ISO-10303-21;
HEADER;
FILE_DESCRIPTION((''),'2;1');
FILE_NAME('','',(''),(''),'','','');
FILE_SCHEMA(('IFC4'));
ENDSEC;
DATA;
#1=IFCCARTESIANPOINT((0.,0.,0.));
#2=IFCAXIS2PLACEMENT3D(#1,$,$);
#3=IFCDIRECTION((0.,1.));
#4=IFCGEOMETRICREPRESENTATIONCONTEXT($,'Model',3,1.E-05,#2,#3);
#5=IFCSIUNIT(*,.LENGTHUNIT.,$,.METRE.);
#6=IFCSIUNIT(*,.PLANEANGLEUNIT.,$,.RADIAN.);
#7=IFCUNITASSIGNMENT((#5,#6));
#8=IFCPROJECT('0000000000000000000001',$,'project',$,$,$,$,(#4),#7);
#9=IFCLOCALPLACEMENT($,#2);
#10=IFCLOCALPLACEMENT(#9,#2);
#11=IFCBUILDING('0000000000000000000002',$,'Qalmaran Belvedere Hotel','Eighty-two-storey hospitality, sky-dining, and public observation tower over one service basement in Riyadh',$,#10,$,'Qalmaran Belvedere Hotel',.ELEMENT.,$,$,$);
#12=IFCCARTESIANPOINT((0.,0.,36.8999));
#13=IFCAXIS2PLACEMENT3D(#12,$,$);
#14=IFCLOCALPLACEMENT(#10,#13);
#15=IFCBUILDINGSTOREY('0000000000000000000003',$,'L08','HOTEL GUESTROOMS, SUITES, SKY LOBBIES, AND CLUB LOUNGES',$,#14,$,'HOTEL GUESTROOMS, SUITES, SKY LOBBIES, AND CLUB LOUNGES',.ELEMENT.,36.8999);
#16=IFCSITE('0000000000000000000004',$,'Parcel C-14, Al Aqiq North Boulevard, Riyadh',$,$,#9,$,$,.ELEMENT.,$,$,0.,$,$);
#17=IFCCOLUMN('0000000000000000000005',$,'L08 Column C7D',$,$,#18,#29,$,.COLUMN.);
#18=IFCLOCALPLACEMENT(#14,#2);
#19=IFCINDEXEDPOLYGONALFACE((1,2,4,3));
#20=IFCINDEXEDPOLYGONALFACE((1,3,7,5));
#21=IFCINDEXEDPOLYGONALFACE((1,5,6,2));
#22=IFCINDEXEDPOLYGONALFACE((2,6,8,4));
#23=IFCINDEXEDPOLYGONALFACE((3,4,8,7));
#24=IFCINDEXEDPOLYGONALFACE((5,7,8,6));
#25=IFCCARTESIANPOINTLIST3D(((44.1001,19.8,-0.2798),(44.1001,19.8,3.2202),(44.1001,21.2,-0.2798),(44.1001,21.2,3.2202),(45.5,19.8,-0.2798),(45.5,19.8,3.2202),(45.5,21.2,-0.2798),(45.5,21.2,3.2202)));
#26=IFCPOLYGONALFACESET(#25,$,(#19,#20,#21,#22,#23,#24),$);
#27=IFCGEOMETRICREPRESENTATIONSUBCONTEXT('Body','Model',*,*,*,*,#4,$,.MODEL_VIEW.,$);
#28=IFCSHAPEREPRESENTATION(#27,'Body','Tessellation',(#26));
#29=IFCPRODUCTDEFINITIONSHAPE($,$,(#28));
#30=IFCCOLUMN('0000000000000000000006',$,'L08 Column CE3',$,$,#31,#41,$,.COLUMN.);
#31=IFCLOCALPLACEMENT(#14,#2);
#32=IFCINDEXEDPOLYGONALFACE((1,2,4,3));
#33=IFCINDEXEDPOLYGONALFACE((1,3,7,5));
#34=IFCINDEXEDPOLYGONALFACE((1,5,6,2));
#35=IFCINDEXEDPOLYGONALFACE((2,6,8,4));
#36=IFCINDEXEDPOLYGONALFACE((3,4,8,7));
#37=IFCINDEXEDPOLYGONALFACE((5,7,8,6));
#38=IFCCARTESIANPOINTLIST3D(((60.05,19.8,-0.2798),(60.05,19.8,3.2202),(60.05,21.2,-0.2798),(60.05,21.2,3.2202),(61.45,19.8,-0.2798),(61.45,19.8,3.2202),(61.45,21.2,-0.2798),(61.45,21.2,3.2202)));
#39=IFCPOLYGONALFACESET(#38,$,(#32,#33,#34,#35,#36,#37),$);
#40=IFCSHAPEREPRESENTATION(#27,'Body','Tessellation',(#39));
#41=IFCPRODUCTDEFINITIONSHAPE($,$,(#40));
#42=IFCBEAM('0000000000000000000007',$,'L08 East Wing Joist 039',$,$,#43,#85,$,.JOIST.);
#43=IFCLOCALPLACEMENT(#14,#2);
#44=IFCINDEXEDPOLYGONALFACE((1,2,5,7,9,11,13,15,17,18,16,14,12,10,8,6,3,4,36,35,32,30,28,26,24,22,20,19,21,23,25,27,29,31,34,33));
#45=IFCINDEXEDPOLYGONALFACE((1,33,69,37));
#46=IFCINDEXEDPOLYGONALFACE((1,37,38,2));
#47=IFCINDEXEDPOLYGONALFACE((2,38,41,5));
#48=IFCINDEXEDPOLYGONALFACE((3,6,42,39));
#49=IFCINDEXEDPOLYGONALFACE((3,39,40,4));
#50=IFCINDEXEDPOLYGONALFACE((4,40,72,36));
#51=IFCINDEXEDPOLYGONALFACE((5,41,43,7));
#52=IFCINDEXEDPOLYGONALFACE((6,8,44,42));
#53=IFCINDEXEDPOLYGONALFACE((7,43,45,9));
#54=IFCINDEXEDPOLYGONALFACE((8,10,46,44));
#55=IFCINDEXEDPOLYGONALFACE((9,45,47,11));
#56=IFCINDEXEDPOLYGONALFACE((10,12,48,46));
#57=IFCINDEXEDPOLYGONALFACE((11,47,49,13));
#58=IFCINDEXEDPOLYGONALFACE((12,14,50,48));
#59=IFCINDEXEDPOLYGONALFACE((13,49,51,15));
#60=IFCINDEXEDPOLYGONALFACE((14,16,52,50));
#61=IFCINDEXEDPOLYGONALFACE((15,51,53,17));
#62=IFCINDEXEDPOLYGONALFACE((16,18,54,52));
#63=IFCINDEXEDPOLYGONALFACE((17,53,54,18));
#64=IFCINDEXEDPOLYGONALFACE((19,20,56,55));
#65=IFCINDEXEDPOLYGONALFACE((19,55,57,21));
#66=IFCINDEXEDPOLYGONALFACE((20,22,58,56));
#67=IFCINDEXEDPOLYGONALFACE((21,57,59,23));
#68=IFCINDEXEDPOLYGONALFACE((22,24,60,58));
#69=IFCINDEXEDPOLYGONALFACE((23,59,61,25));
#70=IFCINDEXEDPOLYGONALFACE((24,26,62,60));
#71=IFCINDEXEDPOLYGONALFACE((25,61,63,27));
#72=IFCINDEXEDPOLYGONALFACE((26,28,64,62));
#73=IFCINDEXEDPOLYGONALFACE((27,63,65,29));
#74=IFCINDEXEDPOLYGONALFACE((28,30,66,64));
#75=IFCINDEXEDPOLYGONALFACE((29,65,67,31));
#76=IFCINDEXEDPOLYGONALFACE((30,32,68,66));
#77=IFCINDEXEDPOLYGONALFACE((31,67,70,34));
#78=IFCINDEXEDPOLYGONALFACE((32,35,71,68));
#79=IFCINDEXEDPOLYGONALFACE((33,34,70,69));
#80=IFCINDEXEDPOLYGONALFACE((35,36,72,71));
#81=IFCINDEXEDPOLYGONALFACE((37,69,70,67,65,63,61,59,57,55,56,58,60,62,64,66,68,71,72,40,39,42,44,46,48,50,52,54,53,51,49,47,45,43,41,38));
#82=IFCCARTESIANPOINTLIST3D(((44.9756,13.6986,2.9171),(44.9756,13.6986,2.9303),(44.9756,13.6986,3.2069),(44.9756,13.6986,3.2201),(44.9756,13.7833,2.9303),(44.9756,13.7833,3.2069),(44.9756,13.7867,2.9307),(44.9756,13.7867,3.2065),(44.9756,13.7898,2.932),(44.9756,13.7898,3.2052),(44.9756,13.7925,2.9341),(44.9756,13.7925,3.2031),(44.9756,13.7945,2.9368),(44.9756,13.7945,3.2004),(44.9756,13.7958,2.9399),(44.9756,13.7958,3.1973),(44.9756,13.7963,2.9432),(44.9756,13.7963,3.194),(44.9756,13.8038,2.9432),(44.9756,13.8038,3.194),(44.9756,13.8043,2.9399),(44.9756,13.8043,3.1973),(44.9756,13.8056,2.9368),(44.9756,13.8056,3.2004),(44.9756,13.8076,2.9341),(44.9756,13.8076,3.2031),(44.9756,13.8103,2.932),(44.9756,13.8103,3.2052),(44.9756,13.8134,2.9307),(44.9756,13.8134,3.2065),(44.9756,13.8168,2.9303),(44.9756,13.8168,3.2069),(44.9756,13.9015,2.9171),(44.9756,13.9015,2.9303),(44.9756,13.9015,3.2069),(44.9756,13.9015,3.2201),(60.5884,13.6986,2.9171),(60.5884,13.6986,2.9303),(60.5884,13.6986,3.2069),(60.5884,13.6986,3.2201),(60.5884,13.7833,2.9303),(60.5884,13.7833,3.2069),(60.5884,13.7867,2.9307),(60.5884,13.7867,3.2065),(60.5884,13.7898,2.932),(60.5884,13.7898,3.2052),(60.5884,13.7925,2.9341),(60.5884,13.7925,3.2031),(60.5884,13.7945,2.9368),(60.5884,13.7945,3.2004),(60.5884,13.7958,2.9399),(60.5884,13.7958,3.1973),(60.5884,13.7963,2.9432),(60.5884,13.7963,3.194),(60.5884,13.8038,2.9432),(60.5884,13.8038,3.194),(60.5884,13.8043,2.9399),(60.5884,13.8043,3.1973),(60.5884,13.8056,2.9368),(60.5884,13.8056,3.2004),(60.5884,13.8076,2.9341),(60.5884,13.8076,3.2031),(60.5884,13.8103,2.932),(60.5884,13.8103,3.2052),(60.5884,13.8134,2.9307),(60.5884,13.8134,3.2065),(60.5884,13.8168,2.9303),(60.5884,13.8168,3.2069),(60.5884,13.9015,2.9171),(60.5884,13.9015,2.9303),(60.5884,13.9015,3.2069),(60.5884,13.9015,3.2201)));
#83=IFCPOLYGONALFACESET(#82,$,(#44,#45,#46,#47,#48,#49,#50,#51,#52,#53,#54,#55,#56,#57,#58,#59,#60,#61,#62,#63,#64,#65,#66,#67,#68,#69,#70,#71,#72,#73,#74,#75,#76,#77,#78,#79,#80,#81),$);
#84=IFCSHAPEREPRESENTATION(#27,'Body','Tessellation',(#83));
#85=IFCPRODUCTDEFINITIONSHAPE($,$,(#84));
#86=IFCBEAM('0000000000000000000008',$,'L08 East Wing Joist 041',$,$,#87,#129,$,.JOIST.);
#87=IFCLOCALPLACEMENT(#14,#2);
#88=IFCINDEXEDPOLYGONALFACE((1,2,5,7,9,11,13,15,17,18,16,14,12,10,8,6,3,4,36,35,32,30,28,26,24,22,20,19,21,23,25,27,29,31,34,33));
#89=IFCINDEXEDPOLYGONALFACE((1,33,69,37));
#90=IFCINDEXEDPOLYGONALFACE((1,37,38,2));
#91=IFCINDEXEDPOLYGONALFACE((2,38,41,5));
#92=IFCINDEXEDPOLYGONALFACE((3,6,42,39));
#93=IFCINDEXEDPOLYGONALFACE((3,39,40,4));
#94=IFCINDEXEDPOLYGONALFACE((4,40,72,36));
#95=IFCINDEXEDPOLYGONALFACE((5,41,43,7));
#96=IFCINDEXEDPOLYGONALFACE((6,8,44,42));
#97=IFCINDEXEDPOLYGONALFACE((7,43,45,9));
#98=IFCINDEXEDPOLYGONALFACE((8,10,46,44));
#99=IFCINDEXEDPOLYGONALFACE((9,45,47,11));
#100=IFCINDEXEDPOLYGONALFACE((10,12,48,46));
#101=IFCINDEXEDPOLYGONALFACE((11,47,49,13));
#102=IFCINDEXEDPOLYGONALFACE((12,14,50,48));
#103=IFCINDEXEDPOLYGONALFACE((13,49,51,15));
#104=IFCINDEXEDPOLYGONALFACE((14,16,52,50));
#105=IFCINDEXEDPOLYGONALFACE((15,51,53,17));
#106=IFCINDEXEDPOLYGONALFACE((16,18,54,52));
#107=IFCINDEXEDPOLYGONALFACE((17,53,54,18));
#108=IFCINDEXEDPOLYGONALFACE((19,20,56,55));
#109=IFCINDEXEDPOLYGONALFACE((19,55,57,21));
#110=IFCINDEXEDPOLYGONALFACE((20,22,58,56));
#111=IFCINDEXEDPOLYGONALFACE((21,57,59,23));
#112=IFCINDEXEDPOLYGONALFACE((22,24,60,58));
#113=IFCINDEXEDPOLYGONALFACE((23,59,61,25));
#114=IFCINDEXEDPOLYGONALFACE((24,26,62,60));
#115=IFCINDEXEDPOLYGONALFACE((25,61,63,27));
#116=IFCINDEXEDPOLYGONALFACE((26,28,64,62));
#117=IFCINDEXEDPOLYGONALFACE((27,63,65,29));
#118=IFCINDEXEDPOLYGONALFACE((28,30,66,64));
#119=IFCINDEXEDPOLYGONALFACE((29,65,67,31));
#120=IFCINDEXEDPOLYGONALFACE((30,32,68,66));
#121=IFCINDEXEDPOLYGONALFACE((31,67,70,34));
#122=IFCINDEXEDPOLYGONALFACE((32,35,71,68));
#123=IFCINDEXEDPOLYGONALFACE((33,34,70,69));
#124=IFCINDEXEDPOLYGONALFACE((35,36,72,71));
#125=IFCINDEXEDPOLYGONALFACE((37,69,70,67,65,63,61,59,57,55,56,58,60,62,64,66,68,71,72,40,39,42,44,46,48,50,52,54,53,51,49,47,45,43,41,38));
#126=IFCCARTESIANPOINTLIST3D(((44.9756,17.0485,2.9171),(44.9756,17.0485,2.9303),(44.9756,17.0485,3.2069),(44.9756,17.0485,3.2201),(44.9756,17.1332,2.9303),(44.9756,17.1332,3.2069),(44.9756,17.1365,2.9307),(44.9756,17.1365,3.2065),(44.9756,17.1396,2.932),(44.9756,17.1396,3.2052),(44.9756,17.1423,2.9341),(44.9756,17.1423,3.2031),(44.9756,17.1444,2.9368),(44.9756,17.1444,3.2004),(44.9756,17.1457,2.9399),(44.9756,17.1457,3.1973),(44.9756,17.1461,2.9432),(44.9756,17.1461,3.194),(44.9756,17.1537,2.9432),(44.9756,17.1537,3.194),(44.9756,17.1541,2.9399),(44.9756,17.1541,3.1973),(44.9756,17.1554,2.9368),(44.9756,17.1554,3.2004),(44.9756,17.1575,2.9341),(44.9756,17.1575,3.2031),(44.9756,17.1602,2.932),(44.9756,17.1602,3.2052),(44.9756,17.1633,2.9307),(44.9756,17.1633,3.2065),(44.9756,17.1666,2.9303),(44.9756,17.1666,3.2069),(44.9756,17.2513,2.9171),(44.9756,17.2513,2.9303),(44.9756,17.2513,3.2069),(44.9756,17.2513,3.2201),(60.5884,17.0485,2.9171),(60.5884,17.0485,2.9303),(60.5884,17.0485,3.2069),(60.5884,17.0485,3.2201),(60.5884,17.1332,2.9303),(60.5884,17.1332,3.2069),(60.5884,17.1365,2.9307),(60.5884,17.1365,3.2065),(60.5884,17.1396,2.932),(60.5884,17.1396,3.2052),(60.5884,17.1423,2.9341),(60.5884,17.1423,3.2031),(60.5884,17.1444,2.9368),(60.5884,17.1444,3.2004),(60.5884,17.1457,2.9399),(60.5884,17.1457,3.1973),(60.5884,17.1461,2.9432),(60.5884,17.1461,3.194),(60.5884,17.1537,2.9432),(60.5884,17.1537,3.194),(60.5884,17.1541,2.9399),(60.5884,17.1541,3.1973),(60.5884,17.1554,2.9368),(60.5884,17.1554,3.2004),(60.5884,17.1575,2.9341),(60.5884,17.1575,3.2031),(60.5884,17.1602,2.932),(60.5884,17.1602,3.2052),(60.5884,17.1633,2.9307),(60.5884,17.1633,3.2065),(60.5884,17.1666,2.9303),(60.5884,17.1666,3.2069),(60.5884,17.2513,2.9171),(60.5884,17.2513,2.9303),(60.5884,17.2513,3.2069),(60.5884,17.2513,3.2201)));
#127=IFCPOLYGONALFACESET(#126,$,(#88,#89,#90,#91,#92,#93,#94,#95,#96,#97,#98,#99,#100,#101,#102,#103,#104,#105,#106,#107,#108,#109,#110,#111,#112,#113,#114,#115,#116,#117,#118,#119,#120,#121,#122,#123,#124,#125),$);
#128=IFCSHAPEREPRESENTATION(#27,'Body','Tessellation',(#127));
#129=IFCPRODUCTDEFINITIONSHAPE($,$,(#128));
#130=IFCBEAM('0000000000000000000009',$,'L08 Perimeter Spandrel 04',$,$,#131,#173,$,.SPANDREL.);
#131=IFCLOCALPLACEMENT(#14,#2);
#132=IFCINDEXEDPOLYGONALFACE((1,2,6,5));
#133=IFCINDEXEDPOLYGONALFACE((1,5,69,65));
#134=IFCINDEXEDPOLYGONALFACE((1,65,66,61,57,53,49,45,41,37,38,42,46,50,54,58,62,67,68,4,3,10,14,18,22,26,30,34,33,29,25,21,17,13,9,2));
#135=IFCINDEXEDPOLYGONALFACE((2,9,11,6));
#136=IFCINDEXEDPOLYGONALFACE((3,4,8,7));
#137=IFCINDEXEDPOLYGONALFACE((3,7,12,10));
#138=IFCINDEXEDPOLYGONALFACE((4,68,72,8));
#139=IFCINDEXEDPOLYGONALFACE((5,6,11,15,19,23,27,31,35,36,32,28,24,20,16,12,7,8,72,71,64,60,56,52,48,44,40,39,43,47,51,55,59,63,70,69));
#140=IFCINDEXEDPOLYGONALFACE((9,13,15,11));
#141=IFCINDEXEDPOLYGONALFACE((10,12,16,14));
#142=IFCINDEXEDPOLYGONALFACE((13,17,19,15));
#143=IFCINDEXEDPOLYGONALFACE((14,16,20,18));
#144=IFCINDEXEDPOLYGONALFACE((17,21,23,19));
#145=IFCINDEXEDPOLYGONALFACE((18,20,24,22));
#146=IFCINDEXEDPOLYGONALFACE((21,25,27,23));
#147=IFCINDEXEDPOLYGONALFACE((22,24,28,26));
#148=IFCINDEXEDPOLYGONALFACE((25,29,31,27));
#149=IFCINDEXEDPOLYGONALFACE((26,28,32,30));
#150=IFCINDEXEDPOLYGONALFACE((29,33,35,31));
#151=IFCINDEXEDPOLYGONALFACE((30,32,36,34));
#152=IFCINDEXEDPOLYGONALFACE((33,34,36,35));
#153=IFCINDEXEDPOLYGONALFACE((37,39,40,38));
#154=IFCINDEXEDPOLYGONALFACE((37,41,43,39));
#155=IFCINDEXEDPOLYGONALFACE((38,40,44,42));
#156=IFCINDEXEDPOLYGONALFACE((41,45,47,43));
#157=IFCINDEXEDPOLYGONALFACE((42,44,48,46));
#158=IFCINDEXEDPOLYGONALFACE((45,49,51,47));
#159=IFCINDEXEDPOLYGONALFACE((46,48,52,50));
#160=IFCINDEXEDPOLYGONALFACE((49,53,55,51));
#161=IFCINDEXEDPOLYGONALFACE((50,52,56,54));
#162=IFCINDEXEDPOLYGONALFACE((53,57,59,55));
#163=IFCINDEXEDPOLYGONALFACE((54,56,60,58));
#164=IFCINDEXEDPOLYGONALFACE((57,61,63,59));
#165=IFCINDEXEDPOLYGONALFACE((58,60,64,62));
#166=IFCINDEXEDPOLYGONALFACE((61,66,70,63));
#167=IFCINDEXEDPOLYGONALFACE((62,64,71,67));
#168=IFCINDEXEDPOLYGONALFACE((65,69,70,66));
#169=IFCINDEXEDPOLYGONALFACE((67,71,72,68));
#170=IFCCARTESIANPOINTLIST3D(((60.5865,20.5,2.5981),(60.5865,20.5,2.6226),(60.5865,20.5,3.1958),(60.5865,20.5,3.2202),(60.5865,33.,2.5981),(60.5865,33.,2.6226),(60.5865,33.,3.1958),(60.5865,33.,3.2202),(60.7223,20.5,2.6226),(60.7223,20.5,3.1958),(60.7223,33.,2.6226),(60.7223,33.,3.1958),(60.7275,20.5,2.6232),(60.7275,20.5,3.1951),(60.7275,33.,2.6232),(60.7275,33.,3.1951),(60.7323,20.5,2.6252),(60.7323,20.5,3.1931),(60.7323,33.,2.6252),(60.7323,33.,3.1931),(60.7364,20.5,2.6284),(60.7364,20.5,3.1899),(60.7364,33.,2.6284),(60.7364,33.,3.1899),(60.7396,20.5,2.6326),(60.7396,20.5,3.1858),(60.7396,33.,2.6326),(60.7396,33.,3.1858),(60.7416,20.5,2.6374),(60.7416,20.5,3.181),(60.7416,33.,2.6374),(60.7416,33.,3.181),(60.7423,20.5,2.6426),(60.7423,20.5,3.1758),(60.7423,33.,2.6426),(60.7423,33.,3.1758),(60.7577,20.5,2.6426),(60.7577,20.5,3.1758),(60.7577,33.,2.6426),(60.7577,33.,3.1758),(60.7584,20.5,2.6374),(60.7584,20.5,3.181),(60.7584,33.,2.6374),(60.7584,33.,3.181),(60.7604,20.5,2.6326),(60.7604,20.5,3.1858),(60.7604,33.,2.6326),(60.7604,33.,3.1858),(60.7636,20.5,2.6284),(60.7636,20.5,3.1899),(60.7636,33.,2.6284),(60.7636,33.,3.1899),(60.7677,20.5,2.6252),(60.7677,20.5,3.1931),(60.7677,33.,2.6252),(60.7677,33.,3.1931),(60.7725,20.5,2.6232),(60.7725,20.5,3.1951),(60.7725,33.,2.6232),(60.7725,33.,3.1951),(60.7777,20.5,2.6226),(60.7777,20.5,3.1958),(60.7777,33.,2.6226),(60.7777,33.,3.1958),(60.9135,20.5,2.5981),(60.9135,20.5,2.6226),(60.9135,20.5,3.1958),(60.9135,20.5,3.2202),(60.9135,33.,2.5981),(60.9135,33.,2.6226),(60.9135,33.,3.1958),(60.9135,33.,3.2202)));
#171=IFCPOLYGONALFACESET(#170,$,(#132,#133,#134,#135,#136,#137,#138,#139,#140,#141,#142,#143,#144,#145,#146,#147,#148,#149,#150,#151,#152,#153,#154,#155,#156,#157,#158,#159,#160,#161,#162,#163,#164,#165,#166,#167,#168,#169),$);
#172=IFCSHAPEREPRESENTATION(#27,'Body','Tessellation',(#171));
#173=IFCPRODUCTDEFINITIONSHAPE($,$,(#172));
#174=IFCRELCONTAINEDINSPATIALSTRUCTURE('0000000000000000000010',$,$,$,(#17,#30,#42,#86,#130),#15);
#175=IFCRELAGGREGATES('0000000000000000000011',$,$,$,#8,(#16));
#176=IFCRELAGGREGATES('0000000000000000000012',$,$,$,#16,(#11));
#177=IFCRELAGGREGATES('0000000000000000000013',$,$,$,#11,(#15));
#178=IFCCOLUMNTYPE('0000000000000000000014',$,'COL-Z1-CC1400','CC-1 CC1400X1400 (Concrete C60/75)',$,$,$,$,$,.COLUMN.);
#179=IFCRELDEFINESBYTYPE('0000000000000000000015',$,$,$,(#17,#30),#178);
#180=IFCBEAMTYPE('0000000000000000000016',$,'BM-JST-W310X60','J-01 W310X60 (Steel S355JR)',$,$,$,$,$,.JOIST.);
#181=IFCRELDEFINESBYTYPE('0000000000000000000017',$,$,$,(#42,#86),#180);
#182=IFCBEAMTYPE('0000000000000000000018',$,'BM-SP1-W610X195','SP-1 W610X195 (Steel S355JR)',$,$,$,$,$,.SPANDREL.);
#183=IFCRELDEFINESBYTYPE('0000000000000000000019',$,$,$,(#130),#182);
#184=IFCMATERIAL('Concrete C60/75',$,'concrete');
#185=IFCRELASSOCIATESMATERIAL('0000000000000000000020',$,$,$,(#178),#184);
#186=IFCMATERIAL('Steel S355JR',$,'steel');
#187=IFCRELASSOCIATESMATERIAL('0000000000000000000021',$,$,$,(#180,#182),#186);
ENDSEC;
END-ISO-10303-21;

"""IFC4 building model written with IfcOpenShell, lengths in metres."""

from ifc_helpers import new_model, si_unit, direction, frame, origin, origin_2d, place, context, subcontext, project, spatial, rectangle, i_section, extrude, material, material_profile, profile_set, type_object, element, save


model = new_model("IFC4")

# Units and contexts
model_context = context("Model", 3, precision=1e-05, world=origin(), true_north=direction((0.0, 1.0)))
body_context = subcontext(model_context, "Body", "Model", "MODEL_VIEW")
ifc_project = project(units=[si_unit("LENGTHUNIT", "METRE"), si_unit("PLANEANGLEUNIT", "RADIAN")], contexts=[model_context])

# Site, building, storey
site_placement = place(None, origin())
site = spatial("IfcSite", under=ifc_project, at=site_placement, Name="Parcel C-14, Al Aqiq North Boulevard, Riyadh", CompositionType="ELEMENT", RefElevation=0.0)
building_placement = place(site_placement, origin())
building = spatial("IfcBuilding", under=site, at=building_placement, Name="Qalmaran Belvedere Hotel", Description="Eighty-two-storey hospitality, sky-dining, and public observation tower over one service basement in Riyadh", LongName="Qalmaran Belvedere Hotel", CompositionType="ELEMENT")
storey_placement = place(building_placement, frame((0.0, 0.0, 36.8999)))
storey = spatial("IfcBuildingStorey", under=building, at=storey_placement, Name="L08", Description="HOTEL GUESTROOMS, SUITES, SKY LOBBIES, AND CLUB LOUNGES", LongName="HOTEL GUESTROOMS, SUITES, SKY LOBBIES, AND CLUB LOUNGES", CompositionType="ELEMENT", Elevation=36.8999)

# Columns
ifc_material_1 = material(Name="Concrete C60/75", Category="concrete")
ifc_material_profile_1 = material_profile(ifc_material_1, rectangle(XDim=1.3999, YDim=1.3999, at=origin_2d()), Name="CC1400X1400")
ifc_profile_set_1 = profile_set([ifc_material_profile_1], Name="Concrete C60/75")
column_type = type_object("IfcColumnType", Name="COL-Z1-CC1400", Description="CC-1 CC1400X1400 (Concrete C60/75)", PredefinedType="COLUMN", material=ifc_profile_set_1)
for number, where, z_axis, x_axis, name in (
    (1, (44.8, 20.5, -0.2798), (0.0, 0.0, 1.0), (1.0, 0.0, 0.0), "L08 Column C7D"),
    (2, (60.75, 20.5, -0.2798), (0.0, 0.0, 1.0), (1.0, 0.0, 0.0), "L08 Column CE3"),
):
    element("IfcColumn", number, at=place(storey_placement, frame(where, z_axis=z_axis, x_axis=x_axis)), inside=storey, type_object=column_type, Name=name, PredefinedType="COLUMN", context=body_context, shape_type="SweptSolid", body=[
        extrude(rectangle(XDim=1.3999, YDim=1.3999, at=origin_2d()), origin(), (0.0, 0.0, 1.0), 3.5),
    ])

# Beams
ifc_material_2 = material(Name="Steel S355JR", Category="steel")
ifc_material_profile_2 = material_profile(ifc_material_2, i_section(OverallWidth=0.2029, OverallDepth=0.303, WebThickness=0.0076, FlangeThickness=0.0132, FilletRadius=0.0129, at=origin_2d()), Name="W310X60")
ifc_profile_set_2 = profile_set([ifc_material_profile_2], Name="Steel S355JR")
beam_type_1 = type_object("IfcBeamType", Name="BM-JST-W310X60", Description="J-01 W310X60 (Steel S355JR)", PredefinedType="JOIST", material=ifc_profile_set_2)
for number, where, z_axis, x_axis, name in (
    (3, (44.9756, 13.8, 3.0686), (1.0, 0.0, 0.0), (0.0, 1.0, 0.0), "L08 East Wing Joist 039"),
    (4, (44.9756, 17.1499, 3.0686), (1.0, 0.0, 0.0), (0.0, 1.0, 0.0), "L08 East Wing Joist 041"),
):
    element("IfcBeam", number, at=place(storey_placement, frame(where, z_axis=z_axis, x_axis=x_axis)), inside=storey, type_object=beam_type_1, Name=name, PredefinedType="JOIST", context=body_context, shape_type="SweptSolid", body=[
        extrude(i_section(OverallWidth=0.2029, OverallDepth=0.303, WebThickness=0.0076, FlangeThickness=0.0132, FilletRadius=0.0129, at=origin_2d()), origin(), (0.0, 0.0, 1.0), 15.6128),
    ])
ifc_material_profile_3 = material_profile(ifc_material_2, i_section(OverallWidth=0.3269, OverallDepth=0.6221, WebThickness=0.0154, FlangeThickness=0.0244, FilletRadius=0.02, at=origin_2d()), Name="W610X195")
ifc_profile_set_3 = profile_set([ifc_material_profile_3], Name="Steel S355JR")
beam_type_2 = type_object("IfcBeamType", Name="BM-SP1-W610X195", Description="SP-1 W610X195 (Steel S355JR)", PredefinedType="SPANDREL", material=ifc_profile_set_3)
beam_1_placement = place(storey_placement, frame((60.75, 20.5, 2.9092), z_axis=(0.0, 1.0, 0.0), x_axis=(-1.0, 0.0, 0.0)))
element("IfcBeam", 5, at=beam_1_placement, inside=storey, type_object=beam_type_2, Name="L08 Perimeter Spandrel 04", PredefinedType="SPANDREL", context=body_context, shape_type="SweptSolid", body=[
    extrude(i_section(OverallWidth=0.3269, OverallDepth=0.6221, WebThickness=0.0154, FlangeThickness=0.0244, FilletRadius=0.02, at=origin_2d()), origin(), (0.0, 0.0, 1.0), 12.5),
])

save(model, "model.ifc")
